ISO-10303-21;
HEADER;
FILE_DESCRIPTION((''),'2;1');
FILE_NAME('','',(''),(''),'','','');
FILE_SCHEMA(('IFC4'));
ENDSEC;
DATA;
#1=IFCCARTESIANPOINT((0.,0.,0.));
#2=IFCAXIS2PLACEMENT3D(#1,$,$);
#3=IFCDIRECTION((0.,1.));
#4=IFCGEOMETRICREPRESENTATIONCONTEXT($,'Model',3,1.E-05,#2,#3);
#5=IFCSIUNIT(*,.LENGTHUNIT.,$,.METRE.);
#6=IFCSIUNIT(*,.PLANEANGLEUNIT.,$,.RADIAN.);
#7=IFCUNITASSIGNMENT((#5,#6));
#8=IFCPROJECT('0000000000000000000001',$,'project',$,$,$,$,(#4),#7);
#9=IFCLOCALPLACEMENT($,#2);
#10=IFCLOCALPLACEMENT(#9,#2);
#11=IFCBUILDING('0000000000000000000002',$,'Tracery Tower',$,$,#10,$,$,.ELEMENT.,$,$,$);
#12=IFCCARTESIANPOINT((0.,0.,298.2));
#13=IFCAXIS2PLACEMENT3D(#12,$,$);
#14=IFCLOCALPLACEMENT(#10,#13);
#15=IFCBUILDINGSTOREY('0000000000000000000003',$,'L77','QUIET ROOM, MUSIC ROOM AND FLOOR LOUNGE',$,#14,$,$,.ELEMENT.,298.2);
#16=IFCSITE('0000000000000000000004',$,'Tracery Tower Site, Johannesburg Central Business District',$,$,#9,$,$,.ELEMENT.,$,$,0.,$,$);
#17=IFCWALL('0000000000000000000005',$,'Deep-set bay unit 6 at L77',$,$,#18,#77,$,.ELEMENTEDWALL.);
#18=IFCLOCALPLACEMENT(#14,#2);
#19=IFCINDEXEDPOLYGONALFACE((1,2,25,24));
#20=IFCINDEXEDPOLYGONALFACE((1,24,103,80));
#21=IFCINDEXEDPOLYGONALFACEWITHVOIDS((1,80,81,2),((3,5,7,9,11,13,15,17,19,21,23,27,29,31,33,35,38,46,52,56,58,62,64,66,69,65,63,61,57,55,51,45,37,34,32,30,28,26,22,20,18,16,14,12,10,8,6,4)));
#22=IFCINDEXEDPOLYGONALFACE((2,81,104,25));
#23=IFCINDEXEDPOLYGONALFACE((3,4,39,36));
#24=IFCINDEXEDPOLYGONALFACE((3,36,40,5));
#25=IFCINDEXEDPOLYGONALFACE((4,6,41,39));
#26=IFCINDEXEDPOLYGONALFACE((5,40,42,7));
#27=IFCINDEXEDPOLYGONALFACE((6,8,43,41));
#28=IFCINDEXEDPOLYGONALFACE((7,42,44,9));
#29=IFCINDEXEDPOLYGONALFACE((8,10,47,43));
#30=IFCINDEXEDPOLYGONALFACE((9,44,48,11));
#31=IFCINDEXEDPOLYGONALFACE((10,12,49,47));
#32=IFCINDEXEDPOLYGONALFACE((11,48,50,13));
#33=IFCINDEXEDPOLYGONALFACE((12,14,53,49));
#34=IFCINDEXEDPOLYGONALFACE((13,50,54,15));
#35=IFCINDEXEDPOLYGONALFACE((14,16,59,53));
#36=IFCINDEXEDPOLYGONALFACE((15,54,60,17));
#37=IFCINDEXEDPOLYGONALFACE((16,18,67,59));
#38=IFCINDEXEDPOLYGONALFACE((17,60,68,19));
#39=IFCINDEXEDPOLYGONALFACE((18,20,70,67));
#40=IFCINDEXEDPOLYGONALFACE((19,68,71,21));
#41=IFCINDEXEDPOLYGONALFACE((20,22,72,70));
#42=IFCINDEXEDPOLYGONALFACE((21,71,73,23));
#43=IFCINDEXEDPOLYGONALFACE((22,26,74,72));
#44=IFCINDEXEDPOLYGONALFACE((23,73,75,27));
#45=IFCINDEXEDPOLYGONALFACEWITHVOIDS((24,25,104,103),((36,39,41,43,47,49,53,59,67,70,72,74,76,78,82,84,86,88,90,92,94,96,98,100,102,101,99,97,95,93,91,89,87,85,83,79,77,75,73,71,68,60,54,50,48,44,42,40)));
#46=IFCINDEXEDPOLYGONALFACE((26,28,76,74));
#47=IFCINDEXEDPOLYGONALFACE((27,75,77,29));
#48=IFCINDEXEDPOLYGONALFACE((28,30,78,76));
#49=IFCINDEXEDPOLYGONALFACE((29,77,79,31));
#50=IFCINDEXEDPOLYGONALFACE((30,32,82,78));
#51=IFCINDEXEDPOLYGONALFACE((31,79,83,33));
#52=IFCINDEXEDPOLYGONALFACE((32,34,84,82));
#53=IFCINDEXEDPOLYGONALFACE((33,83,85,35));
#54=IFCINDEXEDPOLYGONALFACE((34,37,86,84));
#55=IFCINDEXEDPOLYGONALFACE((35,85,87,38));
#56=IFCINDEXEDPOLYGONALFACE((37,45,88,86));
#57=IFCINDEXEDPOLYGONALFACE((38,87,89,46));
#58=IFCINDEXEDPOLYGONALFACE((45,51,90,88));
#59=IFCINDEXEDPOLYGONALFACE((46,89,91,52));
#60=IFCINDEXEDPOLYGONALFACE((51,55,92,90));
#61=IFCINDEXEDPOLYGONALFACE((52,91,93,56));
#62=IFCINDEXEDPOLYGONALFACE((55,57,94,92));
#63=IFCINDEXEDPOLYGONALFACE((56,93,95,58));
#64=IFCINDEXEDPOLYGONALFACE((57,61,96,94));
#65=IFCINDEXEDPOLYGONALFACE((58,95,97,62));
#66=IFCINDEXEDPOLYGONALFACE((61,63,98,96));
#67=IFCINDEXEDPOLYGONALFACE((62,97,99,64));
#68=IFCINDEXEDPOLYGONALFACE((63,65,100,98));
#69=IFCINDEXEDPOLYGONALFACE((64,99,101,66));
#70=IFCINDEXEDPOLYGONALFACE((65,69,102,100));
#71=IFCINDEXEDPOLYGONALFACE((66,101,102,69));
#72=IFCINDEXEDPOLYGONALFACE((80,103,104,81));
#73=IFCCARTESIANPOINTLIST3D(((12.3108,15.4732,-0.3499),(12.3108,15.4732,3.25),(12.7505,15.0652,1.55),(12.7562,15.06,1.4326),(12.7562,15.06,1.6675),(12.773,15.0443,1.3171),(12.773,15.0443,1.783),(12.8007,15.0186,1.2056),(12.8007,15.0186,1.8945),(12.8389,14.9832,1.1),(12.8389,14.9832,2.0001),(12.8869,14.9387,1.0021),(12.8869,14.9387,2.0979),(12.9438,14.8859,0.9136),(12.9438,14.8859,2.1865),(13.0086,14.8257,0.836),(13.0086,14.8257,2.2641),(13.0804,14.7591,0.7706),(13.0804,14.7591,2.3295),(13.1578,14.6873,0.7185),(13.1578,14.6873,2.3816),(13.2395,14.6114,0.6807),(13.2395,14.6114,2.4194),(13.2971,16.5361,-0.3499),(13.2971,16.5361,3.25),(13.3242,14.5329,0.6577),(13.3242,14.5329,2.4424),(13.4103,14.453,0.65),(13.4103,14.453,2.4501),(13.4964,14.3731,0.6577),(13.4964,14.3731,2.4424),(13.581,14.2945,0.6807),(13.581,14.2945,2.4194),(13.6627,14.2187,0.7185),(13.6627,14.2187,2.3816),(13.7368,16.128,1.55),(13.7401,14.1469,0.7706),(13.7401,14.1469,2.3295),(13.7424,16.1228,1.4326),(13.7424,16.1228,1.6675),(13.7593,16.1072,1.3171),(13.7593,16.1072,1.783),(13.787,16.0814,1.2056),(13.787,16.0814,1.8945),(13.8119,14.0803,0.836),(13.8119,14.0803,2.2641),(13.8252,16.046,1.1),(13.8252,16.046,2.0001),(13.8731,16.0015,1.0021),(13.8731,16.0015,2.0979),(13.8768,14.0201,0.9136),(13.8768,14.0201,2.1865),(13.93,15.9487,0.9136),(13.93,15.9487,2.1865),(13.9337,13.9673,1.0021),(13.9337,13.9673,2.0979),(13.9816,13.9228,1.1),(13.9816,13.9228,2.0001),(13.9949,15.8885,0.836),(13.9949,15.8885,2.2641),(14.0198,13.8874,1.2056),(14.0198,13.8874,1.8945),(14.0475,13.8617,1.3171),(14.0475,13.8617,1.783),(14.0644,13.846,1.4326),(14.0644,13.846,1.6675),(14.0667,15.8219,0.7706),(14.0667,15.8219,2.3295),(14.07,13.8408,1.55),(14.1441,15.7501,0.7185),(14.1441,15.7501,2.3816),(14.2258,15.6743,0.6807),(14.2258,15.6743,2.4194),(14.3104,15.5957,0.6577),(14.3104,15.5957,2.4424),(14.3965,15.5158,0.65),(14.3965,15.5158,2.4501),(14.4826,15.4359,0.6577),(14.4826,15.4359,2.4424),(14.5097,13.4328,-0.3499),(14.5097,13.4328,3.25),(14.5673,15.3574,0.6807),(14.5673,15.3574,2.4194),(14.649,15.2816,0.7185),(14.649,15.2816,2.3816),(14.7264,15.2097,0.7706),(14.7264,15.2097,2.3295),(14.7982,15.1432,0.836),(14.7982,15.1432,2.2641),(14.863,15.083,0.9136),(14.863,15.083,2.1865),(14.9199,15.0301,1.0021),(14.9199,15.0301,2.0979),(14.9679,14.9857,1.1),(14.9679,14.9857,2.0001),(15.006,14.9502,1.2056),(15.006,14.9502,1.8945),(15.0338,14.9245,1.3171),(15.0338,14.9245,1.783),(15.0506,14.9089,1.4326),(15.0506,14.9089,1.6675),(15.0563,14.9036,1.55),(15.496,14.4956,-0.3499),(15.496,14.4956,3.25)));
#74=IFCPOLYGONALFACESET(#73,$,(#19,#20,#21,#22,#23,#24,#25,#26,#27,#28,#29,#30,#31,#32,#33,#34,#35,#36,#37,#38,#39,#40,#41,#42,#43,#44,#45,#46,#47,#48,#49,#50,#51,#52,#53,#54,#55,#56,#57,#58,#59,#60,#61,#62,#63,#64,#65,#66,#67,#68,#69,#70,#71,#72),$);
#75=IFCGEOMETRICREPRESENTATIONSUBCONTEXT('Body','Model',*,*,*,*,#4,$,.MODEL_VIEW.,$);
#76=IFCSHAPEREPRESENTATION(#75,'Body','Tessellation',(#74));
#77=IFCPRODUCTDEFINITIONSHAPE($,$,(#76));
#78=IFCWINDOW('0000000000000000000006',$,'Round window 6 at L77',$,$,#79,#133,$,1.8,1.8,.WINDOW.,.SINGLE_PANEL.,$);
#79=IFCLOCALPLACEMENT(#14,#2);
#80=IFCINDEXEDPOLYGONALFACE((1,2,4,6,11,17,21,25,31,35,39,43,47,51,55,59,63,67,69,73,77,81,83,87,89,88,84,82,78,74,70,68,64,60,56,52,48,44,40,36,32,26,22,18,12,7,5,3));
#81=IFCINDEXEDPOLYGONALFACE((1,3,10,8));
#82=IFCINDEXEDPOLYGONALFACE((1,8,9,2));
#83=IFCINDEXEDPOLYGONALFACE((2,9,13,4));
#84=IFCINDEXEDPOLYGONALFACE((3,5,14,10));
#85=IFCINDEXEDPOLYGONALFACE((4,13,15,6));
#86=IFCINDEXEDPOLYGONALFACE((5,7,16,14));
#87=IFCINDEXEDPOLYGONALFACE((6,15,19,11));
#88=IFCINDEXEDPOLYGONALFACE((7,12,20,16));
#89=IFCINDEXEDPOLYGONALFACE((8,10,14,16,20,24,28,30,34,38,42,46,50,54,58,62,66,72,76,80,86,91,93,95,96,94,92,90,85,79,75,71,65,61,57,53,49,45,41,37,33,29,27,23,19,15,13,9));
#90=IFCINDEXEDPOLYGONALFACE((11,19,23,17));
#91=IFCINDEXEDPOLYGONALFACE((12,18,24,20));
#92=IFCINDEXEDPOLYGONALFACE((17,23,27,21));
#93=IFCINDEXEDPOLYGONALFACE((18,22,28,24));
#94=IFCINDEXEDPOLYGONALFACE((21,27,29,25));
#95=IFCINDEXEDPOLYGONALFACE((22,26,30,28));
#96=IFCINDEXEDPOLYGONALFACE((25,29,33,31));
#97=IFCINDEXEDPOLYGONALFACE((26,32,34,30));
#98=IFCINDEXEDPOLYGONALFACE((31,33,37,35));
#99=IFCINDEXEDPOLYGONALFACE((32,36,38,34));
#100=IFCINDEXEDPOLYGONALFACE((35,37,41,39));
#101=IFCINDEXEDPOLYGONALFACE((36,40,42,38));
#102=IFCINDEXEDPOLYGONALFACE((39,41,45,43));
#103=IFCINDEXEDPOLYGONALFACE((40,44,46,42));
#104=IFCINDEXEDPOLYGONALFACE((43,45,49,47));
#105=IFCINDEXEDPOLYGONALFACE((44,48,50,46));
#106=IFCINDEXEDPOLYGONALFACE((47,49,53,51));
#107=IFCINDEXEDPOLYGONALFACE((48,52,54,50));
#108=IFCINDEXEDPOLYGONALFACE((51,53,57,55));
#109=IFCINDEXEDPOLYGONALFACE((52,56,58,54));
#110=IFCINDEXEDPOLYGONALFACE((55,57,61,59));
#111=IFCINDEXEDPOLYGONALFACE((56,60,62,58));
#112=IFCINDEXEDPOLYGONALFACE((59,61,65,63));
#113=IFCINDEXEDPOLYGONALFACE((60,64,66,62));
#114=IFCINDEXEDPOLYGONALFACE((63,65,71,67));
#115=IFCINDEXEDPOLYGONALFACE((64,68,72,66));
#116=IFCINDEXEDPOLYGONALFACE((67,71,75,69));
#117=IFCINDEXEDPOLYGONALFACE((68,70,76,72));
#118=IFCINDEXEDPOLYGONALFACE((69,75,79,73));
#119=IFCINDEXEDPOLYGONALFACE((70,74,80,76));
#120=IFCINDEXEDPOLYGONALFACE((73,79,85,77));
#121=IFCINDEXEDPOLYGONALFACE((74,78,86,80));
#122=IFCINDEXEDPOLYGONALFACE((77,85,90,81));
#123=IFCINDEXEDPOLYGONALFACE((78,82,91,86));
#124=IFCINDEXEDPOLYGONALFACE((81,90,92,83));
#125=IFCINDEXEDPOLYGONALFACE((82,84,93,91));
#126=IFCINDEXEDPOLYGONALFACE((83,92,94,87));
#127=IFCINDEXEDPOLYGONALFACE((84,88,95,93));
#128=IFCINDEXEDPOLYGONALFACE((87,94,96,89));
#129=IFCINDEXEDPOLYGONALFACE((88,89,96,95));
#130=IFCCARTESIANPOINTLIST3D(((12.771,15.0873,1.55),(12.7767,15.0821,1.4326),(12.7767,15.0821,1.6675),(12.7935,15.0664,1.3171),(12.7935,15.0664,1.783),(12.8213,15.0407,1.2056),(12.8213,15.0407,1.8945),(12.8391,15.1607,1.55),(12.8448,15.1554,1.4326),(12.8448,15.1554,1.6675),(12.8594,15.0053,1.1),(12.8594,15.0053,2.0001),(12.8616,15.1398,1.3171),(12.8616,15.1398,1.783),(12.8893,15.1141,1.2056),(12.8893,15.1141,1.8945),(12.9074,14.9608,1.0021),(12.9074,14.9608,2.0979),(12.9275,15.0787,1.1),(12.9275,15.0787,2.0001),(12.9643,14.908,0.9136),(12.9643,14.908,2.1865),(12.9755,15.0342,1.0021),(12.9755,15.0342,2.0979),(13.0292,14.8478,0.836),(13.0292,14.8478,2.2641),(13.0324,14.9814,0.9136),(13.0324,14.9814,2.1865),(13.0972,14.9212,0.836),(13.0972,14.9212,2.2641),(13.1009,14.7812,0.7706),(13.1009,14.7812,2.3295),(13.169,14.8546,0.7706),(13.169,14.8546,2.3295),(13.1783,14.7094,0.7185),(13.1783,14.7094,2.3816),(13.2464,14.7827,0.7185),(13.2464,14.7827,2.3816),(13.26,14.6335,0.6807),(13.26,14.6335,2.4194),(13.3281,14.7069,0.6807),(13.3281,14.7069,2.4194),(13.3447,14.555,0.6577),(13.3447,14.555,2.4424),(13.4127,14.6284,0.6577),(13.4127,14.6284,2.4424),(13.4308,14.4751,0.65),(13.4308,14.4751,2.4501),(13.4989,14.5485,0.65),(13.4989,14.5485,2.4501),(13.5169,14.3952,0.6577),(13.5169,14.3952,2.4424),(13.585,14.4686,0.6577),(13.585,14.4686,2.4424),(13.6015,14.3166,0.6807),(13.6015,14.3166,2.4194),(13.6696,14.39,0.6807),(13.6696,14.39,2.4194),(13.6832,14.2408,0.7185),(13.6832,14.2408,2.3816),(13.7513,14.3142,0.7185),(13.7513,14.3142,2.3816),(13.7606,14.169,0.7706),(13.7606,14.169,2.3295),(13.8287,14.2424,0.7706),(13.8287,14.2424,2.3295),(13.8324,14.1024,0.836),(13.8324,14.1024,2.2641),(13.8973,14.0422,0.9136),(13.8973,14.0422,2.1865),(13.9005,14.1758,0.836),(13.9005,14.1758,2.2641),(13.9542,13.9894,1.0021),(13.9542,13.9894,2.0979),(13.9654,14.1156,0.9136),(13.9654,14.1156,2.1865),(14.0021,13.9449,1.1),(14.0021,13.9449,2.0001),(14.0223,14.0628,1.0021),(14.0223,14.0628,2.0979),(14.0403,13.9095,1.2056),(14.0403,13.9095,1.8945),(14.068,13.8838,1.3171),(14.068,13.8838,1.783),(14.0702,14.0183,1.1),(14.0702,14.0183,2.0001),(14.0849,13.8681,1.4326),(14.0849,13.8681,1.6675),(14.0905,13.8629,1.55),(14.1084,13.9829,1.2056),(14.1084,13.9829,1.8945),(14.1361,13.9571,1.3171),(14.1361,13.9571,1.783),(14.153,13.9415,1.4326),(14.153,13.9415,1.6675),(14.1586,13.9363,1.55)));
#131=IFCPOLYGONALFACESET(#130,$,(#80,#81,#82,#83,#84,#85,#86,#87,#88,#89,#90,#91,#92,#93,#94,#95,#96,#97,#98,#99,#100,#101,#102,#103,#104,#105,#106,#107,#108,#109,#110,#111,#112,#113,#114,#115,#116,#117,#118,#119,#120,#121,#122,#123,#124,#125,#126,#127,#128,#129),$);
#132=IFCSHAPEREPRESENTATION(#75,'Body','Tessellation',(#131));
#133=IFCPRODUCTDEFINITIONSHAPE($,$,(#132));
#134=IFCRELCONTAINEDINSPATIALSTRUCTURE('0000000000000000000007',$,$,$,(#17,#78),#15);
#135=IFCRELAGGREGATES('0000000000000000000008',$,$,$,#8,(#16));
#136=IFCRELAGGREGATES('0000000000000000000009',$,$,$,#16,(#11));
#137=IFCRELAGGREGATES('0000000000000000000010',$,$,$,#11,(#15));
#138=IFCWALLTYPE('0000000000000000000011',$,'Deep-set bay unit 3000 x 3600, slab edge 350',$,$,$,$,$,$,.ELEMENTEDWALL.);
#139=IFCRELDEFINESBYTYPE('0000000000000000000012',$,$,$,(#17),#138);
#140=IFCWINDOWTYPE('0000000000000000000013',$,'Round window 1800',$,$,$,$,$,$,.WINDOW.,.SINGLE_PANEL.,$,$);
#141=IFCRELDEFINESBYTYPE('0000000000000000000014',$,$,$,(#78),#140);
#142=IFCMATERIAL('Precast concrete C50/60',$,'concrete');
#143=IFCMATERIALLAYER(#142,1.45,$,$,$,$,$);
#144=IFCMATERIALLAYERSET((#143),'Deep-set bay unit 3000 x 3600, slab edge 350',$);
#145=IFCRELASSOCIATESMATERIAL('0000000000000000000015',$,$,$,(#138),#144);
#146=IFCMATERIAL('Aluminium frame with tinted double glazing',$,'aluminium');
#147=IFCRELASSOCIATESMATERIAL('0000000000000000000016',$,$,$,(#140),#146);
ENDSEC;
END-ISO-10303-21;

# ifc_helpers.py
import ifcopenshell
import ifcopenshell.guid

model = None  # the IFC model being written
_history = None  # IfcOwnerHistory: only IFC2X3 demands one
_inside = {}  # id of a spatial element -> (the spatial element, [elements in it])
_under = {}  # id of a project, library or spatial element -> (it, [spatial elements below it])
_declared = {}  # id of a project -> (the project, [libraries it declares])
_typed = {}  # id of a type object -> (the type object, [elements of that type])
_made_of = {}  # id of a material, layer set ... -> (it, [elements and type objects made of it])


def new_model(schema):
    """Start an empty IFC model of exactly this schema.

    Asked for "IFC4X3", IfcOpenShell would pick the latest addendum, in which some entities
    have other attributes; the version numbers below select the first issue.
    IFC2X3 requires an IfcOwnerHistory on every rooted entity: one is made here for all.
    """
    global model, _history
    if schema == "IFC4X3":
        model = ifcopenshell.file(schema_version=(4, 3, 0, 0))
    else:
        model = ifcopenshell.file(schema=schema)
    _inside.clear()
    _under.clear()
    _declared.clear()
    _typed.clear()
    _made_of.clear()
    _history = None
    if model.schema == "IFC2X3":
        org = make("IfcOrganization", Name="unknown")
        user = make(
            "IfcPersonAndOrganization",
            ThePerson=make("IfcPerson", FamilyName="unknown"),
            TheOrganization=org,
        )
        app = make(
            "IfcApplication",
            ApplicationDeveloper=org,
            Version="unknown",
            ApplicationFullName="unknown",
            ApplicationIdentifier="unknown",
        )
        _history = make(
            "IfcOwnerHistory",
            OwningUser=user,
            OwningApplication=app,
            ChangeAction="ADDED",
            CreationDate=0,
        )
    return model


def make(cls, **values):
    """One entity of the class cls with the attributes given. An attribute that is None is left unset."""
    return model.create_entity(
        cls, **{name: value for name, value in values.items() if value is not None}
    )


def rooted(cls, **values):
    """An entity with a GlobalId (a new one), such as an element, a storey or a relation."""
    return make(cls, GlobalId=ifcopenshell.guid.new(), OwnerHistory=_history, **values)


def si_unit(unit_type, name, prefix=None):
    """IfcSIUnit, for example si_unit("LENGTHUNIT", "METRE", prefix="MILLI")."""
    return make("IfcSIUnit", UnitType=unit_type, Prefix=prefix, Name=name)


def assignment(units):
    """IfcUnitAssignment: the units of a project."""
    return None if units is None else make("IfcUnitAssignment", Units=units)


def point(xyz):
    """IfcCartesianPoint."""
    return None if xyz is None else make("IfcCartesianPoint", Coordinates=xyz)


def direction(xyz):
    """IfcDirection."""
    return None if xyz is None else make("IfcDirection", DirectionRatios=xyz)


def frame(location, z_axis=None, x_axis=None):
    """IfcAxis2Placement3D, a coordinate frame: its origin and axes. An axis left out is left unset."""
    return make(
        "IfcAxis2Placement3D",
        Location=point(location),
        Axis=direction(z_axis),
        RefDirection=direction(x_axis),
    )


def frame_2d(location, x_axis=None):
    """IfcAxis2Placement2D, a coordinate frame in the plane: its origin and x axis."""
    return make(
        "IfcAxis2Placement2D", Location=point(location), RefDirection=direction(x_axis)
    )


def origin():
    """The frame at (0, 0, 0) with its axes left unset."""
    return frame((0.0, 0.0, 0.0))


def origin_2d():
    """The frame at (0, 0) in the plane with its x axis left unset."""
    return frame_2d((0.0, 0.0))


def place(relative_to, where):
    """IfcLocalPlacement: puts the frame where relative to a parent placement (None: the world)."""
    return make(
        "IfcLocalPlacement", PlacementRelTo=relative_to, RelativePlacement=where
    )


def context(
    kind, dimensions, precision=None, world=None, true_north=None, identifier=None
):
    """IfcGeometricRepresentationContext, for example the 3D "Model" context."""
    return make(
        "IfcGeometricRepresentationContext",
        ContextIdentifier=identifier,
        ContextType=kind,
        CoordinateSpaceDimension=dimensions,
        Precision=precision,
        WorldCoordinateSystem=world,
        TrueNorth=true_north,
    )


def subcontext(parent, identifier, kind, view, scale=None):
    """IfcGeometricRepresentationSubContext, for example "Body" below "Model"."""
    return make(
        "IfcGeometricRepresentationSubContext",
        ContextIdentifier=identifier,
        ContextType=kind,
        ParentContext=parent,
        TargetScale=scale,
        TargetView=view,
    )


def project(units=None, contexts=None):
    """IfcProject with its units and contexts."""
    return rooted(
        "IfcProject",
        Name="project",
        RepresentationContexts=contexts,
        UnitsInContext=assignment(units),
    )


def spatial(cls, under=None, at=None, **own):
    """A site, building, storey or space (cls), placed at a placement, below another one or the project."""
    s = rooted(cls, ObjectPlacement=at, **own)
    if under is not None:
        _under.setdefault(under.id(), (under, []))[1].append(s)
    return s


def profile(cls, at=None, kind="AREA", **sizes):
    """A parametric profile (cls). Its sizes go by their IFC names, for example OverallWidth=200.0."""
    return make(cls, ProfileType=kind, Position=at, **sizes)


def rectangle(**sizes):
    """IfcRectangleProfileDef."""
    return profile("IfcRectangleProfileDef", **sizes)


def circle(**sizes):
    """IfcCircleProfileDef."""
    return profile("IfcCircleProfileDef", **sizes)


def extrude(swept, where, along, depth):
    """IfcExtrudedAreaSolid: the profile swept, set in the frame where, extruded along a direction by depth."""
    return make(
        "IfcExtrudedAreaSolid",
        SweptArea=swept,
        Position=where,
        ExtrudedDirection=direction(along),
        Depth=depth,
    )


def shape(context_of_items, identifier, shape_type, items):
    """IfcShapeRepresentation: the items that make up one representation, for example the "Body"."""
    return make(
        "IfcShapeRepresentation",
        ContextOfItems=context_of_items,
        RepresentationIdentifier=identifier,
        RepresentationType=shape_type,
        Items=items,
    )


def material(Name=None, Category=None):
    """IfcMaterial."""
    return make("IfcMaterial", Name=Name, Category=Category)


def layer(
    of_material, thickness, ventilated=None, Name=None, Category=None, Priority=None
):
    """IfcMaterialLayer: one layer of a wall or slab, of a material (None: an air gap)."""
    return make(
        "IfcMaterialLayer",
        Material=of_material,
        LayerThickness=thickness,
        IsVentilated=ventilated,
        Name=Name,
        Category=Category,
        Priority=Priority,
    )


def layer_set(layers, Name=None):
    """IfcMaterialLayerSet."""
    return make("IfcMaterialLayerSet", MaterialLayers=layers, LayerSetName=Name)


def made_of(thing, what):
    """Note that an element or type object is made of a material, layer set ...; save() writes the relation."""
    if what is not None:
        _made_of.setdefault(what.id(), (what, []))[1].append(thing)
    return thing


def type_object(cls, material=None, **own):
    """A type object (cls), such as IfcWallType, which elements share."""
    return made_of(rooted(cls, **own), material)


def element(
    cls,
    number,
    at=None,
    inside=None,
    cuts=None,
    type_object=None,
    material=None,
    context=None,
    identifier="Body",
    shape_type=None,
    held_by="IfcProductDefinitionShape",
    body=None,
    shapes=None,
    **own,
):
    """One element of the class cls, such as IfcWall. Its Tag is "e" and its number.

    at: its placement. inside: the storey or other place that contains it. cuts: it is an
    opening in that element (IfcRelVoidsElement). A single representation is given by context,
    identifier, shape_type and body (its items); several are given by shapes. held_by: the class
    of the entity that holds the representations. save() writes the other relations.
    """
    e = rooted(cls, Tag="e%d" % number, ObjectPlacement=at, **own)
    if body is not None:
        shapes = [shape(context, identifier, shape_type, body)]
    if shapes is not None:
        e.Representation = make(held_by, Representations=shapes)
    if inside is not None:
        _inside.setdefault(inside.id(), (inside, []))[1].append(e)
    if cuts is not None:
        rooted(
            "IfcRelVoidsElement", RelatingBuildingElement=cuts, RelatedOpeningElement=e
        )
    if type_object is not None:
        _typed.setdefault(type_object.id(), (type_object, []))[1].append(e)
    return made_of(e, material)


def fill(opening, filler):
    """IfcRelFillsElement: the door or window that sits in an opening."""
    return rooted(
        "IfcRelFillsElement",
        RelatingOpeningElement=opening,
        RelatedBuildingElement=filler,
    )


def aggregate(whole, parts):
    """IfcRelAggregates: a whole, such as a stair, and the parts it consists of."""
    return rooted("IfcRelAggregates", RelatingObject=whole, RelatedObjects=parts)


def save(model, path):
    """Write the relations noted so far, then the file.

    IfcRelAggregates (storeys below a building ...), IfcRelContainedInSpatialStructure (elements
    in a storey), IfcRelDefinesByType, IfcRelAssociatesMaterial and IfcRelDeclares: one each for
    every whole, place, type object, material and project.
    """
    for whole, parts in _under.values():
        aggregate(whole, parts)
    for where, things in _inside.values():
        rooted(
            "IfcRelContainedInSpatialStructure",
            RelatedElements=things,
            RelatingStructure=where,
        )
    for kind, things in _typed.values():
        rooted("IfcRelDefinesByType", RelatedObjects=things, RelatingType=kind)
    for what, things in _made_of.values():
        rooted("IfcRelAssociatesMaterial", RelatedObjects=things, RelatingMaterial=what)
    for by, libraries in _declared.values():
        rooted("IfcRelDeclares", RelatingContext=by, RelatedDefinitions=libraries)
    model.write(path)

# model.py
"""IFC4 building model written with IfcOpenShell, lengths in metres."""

from ifc_helpers import new_model, si_unit, direction, frame, frame_2d, origin, origin_2d, place, context, subcontext, project, spatial, rectangle, circle, extrude, material, layer, layer_set, type_object, element, fill, save


model = new_model("IFC4")

# Units and contexts
model_context = context("Model", 3, precision=1e-05, world=origin(), true_north=direction((0.0, 1.0)))
body_context = subcontext(model_context, "Body", "Model", "MODEL_VIEW")
ifc_project = project(units=[si_unit("LENGTHUNIT", "METRE"), si_unit("PLANEANGLEUNIT", "RADIAN")], contexts=[model_context])

# Site, building, storey
site_placement = place(None, origin())
site = spatial("IfcSite", under=ifc_project, at=site_placement, Name="Tracery Tower Site, Johannesburg Central Business District", CompositionType="ELEMENT", RefElevation=0.0)
building_placement = place(site_placement, origin())
building = spatial("IfcBuilding", under=site, at=building_placement, Name="Tracery Tower", CompositionType="ELEMENT")
storey_placement = place(building_placement, frame((0.0, 0.0, 298.2)))
storey = spatial("IfcBuildingStorey", under=building, at=storey_placement, Name="L77", Description="QUIET ROOM, MUSIC ROOM AND FLOOR LOUNGE", CompositionType="ELEMENT", Elevation=298.2)

# Wall, opening, window
ifc_material_1 = material(Name="Precast concrete C50/60", Category="concrete")
ifc_layer_1 = layer(ifc_material_1, 1.45)
ifc_layer_set_1 = layer_set([ifc_layer_1], Name="Deep-set bay unit 3000 x 3600, slab edge 350")
wall_type_1 = type_object("IfcWallType", Name="Deep-set bay unit 3000 x 3600, slab edge 350", PredefinedType="ELEMENTEDWALL", material=ifc_layer_set_1)
wall_1_placement = place(storey_placement, frame((15.0029, 13.9641, -0.3499), z_axis=(0.0, 0.0, 1.0), x_axis=(-0.733022, 0.680204, 0.0)))
wall_1 = element("IfcWall", 1, at=wall_1_placement, inside=storey, type_object=wall_type_1, Name="Deep-set bay unit 6 at L77", PredefinedType="ELEMENTEDWALL", context=body_context, shape_type="SweptSolid", body=[
    extrude(rectangle(XDim=2.9998, YDim=1.45, at=frame_2d((1.5, 0.0))), origin(), (0.0, 0.0, 1.0), 3.5999),
])
opening_1_placement = place(wall_1_placement, frame((1.5, 0.0, 1.8999)))
opening_1 = element("IfcOpeningElement", 2, at=opening_1_placement, cuts=wall_1, PredefinedType="OPENING", context=body_context, shape_type="SweptSolid", body=[
    extrude(circle(Radius=0.9, at=origin_2d()), frame((0.0, 0.7349, 0.0), z_axis=(0.0, -1.0, 0.0), x_axis=(1.0, 0.0, 0.0)), (0.0, 0.0, 1.0), 1.47),
])
ifc_material_2 = material(Name="Aluminium frame with tinted double glazing", Category="aluminium")
window_type = type_object("IfcWindowType", Name="Round window 1800", PartitioningType="SINGLE_PANEL", PredefinedType="WINDOW", material=ifc_material_2)
window_1_placement = place(opening_1_placement, origin())
window_1 = element("IfcWindow", 3, at=window_1_placement, inside=storey, type_object=window_type, Name="Round window 6 at L77", OverallHeight=1.8, OverallWidth=1.8, PartitioningType="SINGLE_PANEL", PredefinedType="WINDOW", context=body_context, shape_type="SweptSolid", body=[
    extrude(circle(Radius=0.9, at=origin_2d()), frame((0.0, 0.6948, 0.0), z_axis=(0.0, -1.0, 0.0), x_axis=(1.0, 0.0, 0.0)), (0.0, 0.0, 1.0), 0.1001),
])
fill(opening_1, window_1)

save(model, "model.ifc")
